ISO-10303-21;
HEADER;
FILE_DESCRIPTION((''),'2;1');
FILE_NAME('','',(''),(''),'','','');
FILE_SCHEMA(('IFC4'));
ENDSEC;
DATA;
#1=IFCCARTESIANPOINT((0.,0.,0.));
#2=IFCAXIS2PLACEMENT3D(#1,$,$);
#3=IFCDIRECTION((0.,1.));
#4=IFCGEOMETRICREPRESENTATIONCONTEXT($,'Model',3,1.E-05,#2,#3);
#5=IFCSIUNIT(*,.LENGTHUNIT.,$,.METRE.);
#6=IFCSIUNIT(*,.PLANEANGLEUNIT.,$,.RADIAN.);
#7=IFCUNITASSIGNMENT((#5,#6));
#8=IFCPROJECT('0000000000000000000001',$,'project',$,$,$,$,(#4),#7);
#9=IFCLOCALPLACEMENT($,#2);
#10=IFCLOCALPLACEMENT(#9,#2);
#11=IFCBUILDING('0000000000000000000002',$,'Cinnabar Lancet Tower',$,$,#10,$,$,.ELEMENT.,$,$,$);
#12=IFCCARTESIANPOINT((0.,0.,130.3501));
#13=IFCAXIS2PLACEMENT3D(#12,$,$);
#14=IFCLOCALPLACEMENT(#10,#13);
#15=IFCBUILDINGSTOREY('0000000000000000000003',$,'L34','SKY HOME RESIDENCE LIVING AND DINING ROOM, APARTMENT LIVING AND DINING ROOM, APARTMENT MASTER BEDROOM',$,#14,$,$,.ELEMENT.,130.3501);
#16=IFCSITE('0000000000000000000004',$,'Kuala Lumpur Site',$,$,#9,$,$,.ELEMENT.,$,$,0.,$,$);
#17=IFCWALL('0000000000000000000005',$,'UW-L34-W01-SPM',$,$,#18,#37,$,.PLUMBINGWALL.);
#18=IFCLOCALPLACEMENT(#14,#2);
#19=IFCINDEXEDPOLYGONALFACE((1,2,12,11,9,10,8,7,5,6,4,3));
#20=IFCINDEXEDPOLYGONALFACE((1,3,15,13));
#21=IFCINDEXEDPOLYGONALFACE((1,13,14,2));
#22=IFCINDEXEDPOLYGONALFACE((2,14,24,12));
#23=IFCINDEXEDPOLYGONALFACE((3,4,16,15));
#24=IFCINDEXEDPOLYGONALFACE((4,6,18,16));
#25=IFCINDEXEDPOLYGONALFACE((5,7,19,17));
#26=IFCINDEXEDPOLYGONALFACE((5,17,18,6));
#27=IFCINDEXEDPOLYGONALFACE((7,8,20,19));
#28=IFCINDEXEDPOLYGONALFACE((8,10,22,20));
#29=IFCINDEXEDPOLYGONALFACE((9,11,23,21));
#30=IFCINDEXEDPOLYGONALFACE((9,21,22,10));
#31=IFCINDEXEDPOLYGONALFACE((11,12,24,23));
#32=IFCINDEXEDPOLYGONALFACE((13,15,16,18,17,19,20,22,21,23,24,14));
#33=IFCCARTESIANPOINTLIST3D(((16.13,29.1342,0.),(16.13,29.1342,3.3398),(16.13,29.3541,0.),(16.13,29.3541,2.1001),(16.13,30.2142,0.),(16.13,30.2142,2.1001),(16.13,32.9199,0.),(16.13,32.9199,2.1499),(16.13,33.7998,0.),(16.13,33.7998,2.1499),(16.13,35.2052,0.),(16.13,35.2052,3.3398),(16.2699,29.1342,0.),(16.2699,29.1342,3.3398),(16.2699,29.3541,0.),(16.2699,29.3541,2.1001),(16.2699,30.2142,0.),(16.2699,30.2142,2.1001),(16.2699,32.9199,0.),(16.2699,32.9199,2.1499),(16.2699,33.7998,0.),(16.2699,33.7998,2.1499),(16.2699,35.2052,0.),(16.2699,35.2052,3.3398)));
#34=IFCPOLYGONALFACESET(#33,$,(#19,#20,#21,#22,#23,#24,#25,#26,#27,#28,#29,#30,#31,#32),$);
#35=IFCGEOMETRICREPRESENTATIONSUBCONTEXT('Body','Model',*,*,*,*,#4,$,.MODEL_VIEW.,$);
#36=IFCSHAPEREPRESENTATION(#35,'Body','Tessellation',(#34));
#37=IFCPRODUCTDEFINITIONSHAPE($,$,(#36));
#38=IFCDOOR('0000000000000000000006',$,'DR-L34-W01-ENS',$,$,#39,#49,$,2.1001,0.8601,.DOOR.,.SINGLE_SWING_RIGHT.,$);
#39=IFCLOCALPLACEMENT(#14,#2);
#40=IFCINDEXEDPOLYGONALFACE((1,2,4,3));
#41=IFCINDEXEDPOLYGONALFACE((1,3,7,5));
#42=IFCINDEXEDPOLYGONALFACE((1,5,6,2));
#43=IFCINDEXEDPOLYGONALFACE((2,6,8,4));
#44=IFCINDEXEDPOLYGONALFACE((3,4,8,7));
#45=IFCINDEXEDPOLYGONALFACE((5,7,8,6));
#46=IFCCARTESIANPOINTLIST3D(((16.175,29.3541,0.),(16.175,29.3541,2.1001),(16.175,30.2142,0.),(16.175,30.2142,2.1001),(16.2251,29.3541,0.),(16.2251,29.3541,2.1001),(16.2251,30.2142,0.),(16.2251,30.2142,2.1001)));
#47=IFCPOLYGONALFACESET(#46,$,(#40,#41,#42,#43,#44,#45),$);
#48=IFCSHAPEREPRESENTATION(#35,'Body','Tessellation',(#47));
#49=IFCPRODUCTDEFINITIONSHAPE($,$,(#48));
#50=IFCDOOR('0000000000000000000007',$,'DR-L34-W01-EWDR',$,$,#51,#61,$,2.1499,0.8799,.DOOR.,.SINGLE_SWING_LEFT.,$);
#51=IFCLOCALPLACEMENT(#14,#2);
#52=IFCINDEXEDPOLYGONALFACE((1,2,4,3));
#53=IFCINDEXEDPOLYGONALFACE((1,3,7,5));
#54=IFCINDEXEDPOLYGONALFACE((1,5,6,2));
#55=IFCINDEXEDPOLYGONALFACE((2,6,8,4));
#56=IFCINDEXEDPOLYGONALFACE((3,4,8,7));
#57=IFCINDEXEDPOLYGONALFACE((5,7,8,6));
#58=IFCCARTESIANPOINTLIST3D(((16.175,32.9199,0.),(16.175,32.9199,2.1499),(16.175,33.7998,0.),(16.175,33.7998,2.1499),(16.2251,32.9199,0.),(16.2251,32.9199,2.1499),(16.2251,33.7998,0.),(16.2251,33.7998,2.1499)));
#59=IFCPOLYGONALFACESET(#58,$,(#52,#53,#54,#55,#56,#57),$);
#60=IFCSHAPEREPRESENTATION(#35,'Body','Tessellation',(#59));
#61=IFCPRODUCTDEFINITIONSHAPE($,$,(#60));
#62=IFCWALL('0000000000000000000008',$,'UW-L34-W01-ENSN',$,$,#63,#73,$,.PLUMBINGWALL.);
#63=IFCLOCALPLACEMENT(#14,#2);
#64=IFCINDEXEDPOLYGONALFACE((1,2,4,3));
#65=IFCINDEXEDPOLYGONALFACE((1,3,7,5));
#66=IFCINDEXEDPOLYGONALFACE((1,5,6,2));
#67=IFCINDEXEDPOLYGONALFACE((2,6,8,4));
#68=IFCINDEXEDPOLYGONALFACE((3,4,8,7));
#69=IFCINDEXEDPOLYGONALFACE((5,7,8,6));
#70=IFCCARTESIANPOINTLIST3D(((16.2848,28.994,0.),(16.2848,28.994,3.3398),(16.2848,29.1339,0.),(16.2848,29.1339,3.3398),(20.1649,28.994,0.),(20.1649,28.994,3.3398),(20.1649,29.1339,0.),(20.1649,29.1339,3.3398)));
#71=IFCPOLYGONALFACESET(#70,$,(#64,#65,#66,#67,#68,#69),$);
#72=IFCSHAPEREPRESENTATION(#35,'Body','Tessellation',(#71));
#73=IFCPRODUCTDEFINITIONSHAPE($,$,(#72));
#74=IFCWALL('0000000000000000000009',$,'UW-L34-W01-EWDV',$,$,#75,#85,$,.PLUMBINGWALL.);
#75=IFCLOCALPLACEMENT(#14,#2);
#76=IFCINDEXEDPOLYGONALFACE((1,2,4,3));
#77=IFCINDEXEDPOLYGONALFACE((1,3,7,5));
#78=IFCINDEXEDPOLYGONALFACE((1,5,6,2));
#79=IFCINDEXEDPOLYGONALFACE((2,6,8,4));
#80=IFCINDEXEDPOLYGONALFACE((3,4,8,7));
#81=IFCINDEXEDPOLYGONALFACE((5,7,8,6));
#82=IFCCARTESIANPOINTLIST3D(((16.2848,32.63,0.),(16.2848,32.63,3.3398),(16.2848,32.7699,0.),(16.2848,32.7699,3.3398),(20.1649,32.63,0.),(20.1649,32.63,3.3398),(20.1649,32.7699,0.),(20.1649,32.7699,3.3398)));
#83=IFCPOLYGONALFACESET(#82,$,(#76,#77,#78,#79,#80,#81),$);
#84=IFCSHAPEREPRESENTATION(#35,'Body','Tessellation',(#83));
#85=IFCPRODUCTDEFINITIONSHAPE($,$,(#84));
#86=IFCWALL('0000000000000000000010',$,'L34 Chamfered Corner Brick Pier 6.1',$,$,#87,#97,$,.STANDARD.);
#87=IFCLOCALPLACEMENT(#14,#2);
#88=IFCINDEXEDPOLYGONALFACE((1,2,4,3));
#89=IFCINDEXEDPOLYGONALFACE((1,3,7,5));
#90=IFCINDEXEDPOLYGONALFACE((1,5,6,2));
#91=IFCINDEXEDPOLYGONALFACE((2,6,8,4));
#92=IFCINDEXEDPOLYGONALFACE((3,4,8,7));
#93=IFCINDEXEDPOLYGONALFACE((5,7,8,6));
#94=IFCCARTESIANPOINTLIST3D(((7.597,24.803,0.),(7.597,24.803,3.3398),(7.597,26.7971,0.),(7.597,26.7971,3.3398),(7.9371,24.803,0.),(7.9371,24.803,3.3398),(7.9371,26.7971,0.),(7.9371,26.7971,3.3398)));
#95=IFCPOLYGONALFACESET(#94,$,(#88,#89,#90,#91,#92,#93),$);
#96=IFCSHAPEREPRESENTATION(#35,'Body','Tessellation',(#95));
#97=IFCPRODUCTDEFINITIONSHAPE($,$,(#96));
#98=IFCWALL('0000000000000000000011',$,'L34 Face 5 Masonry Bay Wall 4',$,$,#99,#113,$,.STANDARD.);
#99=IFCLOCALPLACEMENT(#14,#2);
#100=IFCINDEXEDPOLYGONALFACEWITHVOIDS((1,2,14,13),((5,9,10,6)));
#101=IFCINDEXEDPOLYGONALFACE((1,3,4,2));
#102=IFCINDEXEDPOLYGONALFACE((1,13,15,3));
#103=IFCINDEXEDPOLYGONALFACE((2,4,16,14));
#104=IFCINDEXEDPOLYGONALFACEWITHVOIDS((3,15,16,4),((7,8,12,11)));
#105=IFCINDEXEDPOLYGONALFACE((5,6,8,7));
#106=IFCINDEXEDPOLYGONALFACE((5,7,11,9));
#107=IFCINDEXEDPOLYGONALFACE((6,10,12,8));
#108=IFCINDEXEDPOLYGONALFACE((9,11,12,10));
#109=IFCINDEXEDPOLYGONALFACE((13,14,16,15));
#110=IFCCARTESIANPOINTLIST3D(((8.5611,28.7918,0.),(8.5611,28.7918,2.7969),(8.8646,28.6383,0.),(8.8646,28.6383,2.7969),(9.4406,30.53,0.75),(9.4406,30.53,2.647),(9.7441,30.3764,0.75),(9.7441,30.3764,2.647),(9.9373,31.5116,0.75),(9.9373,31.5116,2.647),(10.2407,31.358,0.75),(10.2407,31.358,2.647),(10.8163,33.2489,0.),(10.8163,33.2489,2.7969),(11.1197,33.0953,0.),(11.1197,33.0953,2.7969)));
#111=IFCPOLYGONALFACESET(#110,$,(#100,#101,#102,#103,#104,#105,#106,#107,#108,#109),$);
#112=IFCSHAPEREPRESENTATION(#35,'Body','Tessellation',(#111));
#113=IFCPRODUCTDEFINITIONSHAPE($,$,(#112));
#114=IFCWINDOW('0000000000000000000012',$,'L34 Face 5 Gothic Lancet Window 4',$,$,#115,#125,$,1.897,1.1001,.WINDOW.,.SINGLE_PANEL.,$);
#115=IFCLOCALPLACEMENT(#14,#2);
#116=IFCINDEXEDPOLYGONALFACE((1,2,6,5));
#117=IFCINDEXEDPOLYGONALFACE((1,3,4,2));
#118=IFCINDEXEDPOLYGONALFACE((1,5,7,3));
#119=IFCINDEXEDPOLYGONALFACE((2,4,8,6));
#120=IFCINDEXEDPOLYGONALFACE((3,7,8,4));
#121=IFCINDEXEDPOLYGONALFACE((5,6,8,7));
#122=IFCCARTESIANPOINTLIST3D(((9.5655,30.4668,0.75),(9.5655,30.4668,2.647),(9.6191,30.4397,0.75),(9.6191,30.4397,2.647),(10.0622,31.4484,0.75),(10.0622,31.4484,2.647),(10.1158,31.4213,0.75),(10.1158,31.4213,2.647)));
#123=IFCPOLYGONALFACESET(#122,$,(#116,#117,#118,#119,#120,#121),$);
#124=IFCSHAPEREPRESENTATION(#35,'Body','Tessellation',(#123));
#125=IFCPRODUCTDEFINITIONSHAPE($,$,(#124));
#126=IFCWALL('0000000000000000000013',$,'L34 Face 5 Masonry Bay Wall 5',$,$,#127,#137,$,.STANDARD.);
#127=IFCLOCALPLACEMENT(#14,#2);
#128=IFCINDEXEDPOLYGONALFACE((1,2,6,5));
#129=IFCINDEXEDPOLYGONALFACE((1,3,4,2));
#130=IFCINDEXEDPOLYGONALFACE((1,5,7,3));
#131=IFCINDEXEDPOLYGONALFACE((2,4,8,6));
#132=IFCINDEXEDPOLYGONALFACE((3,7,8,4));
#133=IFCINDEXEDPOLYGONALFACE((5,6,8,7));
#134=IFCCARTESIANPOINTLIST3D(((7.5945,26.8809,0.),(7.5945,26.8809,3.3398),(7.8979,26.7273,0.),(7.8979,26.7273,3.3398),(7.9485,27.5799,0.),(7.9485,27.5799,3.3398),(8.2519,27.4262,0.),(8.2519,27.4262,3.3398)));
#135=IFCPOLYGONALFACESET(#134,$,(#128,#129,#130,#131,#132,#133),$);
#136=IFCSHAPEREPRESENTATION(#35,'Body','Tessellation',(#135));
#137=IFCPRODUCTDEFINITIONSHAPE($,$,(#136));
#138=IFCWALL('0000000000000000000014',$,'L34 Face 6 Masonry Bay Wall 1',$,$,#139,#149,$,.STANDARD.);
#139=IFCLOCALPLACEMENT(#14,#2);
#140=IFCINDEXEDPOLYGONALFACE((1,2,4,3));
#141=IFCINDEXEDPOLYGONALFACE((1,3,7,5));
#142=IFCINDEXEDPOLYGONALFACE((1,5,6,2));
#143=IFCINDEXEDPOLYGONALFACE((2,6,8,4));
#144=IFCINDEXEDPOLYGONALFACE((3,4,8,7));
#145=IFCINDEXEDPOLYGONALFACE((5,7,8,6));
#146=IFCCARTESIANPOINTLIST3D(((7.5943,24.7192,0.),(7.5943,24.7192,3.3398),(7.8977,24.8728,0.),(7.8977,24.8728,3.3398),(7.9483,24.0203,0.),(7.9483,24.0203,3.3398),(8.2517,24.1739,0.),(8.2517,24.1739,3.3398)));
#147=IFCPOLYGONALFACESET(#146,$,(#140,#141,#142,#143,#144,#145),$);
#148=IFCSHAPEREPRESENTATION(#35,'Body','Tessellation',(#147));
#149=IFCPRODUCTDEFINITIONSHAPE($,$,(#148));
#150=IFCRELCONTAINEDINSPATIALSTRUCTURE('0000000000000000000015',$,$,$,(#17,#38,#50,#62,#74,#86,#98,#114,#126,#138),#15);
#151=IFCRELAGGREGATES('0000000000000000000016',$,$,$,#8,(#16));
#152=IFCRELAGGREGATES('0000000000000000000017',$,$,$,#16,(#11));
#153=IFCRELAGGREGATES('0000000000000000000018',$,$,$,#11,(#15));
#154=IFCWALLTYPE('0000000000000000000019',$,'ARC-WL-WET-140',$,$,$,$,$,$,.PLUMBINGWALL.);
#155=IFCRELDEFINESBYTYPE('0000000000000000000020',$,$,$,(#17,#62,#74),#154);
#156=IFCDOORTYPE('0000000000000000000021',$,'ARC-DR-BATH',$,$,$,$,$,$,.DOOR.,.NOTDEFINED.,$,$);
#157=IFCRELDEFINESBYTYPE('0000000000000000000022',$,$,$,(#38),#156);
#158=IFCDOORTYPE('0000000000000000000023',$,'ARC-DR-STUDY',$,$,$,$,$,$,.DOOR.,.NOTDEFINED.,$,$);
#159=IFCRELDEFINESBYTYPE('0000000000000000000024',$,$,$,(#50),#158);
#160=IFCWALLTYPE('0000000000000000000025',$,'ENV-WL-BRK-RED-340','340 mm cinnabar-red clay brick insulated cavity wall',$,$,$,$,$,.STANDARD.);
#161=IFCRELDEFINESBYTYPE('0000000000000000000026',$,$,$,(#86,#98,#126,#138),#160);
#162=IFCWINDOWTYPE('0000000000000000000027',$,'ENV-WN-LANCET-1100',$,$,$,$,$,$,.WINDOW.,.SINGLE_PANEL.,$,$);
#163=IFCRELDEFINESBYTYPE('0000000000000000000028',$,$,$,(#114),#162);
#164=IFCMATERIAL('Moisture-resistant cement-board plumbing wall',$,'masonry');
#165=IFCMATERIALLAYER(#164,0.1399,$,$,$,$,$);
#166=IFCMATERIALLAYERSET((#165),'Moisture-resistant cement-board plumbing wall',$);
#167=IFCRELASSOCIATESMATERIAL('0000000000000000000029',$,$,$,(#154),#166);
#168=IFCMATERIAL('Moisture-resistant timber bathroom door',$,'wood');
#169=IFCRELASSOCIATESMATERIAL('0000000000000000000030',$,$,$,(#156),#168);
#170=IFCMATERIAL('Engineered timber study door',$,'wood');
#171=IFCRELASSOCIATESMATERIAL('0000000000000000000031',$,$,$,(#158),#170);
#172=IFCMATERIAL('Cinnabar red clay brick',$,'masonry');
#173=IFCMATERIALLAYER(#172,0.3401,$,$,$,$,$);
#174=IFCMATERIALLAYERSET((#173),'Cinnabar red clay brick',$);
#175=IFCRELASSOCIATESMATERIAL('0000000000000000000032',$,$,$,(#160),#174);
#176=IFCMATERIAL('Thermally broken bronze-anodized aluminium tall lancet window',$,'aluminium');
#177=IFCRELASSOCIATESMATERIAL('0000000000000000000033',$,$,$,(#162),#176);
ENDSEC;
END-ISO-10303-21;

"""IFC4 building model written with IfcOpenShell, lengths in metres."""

from ifc_helpers import new_model, si_unit, direction, frame, frame_2d, origin, place, context, subcontext, project, spatial, rectangle, extrude, material, layer, layer_set, type_object, element, fill, save


model = new_model("IFC4")

# Units and contexts
model_context = context("Model", 3, precision=1e-05, world=origin(), true_north=direction((0.0, 1.0)))
body_context = subcontext(model_context, "Body", "Model", "MODEL_VIEW")
ifc_project = project(units=[si_unit("LENGTHUNIT", "METRE"), si_unit("PLANEANGLEUNIT", "RADIAN")], contexts=[model_context])

# Site, building, storey
site_placement = place(None, origin())
site = spatial("IfcSite", under=ifc_project, at=site_placement, Name="Kuala Lumpur Site", CompositionType="ELEMENT", RefElevation=0.0)
building_placement = place(site_placement, origin())
building = spatial("IfcBuilding", under=site, at=building_placement, Name="Cinnabar Lancet Tower", CompositionType="ELEMENT")
storey_placement = place(building_placement, frame((0.0, 0.0, 130.3501)))
storey = spatial("IfcBuildingStorey", under=building, at=storey_placement, Name="L34", Description="SKY HOME RESIDENCE LIVING AND DINING ROOM, APARTMENT LIVING AND DINING ROOM, APARTMENT MASTER BEDROOM", CompositionType="ELEMENT", Elevation=130.3501)

# Wall, openings, doors
ifc_material_1 = material(Name="Moisture-resistant cement-board plumbing wall", Category="masonry")
ifc_layer_1 = layer(ifc_material_1, 0.1399)
ifc_layer_set_1 = layer_set([ifc_layer_1], Name="Moisture-resistant cement-board plumbing wall")
wall_type_1 = type_object("IfcWallType", Name="ARC-WL-WET-140", PredefinedType="PLUMBINGWALL", material=ifc_layer_set_1)
wall_1_placement = place(storey_placement, frame((16.2, 29.134, 0.0), z_axis=(0.0, 0.0, 1.0), x_axis=(0.0, 1.0, 0.0)))
wall_1 = element("IfcWall", 1, at=wall_1_placement, inside=storey, type_object=wall_type_1, Name="UW-L34-W01-SPM", PredefinedType="PLUMBINGWALL", context=body_context, shape_type="SweptSolid", body=[
    extrude(rectangle(XDim=6.071, YDim=0.1399, at=frame_2d((3.0356, 0.0))), origin(), (0.0, 0.0, 1.0), 3.3398),
])
opening_1_placement = place(wall_1_placement, frame((0.22, 0.0, 0.0)))
opening_1 = element("IfcOpeningElement", 2, at=opening_1_placement, cuts=wall_1, PredefinedType="OPENING", context=body_context, shape_type="SweptSolid", body=[
    extrude(rectangle(XDim=0.8601, YDim=2.1001, at=frame_2d((0.4302, 1.05))), frame((0.0, 0.0798, 0.0), z_axis=(0.0, -1.0, 0.0), x_axis=(1.0, 0.0, 0.0)), (0.0, 0.0, 1.0), 0.1599),
])
opening_2_placement = place(wall_1_placement, frame((3.7859, 0.0, 0.0)))
opening_2 = element("IfcOpeningElement", 3, at=opening_2_placement, cuts=wall_1, PredefinedType="OPENING", context=body_context, shape_type="SweptSolid", body=[
    extrude(rectangle(XDim=0.8799, YDim=2.1499, at=frame_2d((0.4399, 1.075))), frame((0.0, 0.0798, 0.0), z_axis=(0.0, -1.0, 0.0), x_axis=(1.0, 0.0, 0.0)), (0.0, 0.0, 1.0), 0.1599),
])
ifc_material_2 = material(Name="Moisture-resistant timber bathroom door", Category="wood")
door_type_1 = type_object("IfcDoorType", Name="ARC-DR-BATH", OperationType="NOTDEFINED", PredefinedType="DOOR", material=ifc_material_2)
door_1_placement = place(opening_1_placement, origin())
door_1 = element("IfcDoor", 4, at=door_1_placement, inside=storey, type_object=door_type_1, Name="DR-L34-W01-ENS", OperationType="SINGLE_SWING_RIGHT", OverallHeight=2.1001, OverallWidth=0.8601, PredefinedType="DOOR", context=body_context, shape_type="SweptSolid", body=[
    extrude(rectangle(XDim=0.8601, YDim=2.1001, at=frame_2d((0.4302, 1.05))), frame((0.0, 0.0249, 0.0), z_axis=(0.0, -1.0, 0.0), x_axis=(1.0, 0.0, 0.0)), (0.0, 0.0, 1.0), 0.05),
])
fill(opening_1, door_1)
ifc_material_3 = material(Name="Engineered timber study door", Category="wood")
door_type_2 = type_object("IfcDoorType", Name="ARC-DR-STUDY", OperationType="NOTDEFINED", PredefinedType="DOOR", material=ifc_material_3)
door_2_placement = place(opening_2_placement, origin())
door_2 = element("IfcDoor", 5, at=door_2_placement, inside=storey, type_object=door_type_2, Name="DR-L34-W01-EWDR", OperationType="SINGLE_SWING_LEFT", OverallHeight=2.1499, OverallWidth=0.8799, PredefinedType="DOOR", context=body_context, shape_type="SweptSolid", body=[
    extrude(rectangle(XDim=0.8799, YDim=2.1499, at=frame_2d((0.4399, 1.075))), frame((0.0, 0.0249, 0.0), z_axis=(0.0, -1.0, 0.0), x_axis=(1.0, 0.0, 0.0)), (0.0, 0.0, 1.0), 0.05),
])
fill(opening_2, door_2)

# Walls
for number, where, z_axis, x_axis, name in (
    (6, (16.2849, 29.064, 0.0), (0.0, 0.0, 1.0), (1.0, 0.0, 0.0), "UW-L34-W01-ENSN"),
    (7, (16.2849, 32.7, 0.0), (0.0, 0.0, 1.0), (1.0, 0.0, 0.0), "UW-L34-W01-EWDV"),
):
    element("IfcWall", number, at=place(storey_placement, frame(where, z_axis=z_axis, x_axis=x_axis)), inside=storey, type_object=wall_type_1, Name=name, PredefinedType="PLUMBINGWALL", context=body_context, shape_type="SweptSolid", body=[
        extrude(rectangle(XDim=3.8801, YDim=0.1399, at=frame_2d((1.9399, 0.0))), origin(), (0.0, 0.0, 1.0), 3.3398),
    ])
ifc_material_4 = material(Name="Cinnabar red clay brick", Category="masonry")
ifc_layer_2 = layer(ifc_material_4, 0.3401)
ifc_layer_set_2 = layer_set([ifc_layer_2], Name="Cinnabar red clay brick")
wall_type_2 = type_object("IfcWallType", Name="ENV-WL-BRK-RED-340", Description="340 mm cinnabar-red clay brick insulated cavity wall", PredefinedType="STANDARD", material=ifc_layer_set_2)
wall_2_placement = place(storey_placement, frame((7.7671, 26.7971, 0.0), z_axis=(0.0, 0.0, 1.0), x_axis=(0.0, -1.0, 0.0)))
element("IfcWall", 8, at=wall_2_placement, inside=storey, type_object=wall_type_2, Name="L34 Chamfered Corner Brick Pier 6.1", PredefinedType="STANDARD", context=body_context, shape_type="SweptSolid", body=[
    extrude(rectangle(XDim=1.9941, YDim=0.3401, at=frame_2d((0.9971, 0.0))), origin(), (0.0, 0.0, 1.0), 3.3398),
])

# Wall, opening, window
wall_3_placement = place(storey_placement, frame((10.968, 33.1721, 0.0), z_axis=(0.0, 0.0, 1.0), x_axis=(-0.451471, -0.892286, 0.0)))
wall_3 = element("IfcWall", 9, at=wall_3_placement, inside=storey, type_object=wall_type_2, Name="L34 Face 5 Masonry Bay Wall 4", PredefinedType="STANDARD", context=body_context, shape_type="SweptSolid", body=[
    extrude(rectangle(XDim=4.9951, YDim=0.3401, at=frame_2d((2.4976, 0.0))), origin(), (0.0, 0.0, 1.0), 2.7969),
])
opening_3_placement = place(wall_3_placement, frame((1.947, 0.0, 0.75)))
opening_3 = element("IfcOpeningElement", 10, at=opening_3_placement, cuts=wall_3, PredefinedType="OPENING", context=body_context, shape_type="SweptSolid", body=[
    extrude(rectangle(XDim=1.1001, YDim=1.897, at=frame_2d((0.55, 0.9485))), frame((0.0, 0.1799, 0.0), z_axis=(0.0, -1.0, 0.0), x_axis=(1.0, 0.0, 0.0)), (0.0, 0.0, 1.0), 0.3601),
])
ifc_material_5 = material(Name="Thermally broken bronze-anodized aluminium tall lancet window", Category="aluminium")
window_type = type_object("IfcWindowType", Name="ENV-WN-LANCET-1100", PartitioningType="SINGLE_PANEL", PredefinedType="WINDOW", material=ifc_material_5)
window_placement = place(opening_3_placement, origin())
window = element("IfcWindow", 11, at=window_placement, inside=storey, type_object=window_type, Name="L34 Face 5 Gothic Lancet Window 4", OverallHeight=1.897, OverallWidth=1.1001, PartitioningType="SINGLE_PANEL", PredefinedType="WINDOW", context=body_context, shape_type="SweptSolid", body=[
    extrude(rectangle(XDim=1.1001, YDim=1.897, at=frame_2d((0.55, 0.9485))), frame((0.0, 0.03, 0.0), z_axis=(0.0, -1.0, 0.0), x_axis=(1.0, 0.0, 0.0)), (0.0, 0.0, 1.0), 0.0601),
])
fill(opening_3, window)

# Walls
for number, where, z_axis, x_axis, name in (
    (12, (8.1001, 27.5029, 0.0), (0.0, 0.0, 1.0), (-0.451819, -0.892109, 0.0), "L34 Face 5 Masonry Bay Wall 5"),
    (13, (7.7461, 24.7959, 0.0), (0.0, 0.0, 1.0), (0.451819, -0.892109, 0.0), "L34 Face 6 Masonry Bay Wall 1"),
):
    element("IfcWall", number, at=place(storey_placement, frame(where, z_axis=z_axis, x_axis=x_axis)), inside=storey, type_object=wall_type_2, Name=name, PredefinedType="STANDARD", context=body_context, shape_type="SweptSolid", body=[
        extrude(rectangle(XDim=0.7834, YDim=0.3401, at=frame_2d((0.3916, 0.0))), origin(), (0.0, 0.0, 1.0), 3.3398),
    ])

save(model, "model.ifc")
